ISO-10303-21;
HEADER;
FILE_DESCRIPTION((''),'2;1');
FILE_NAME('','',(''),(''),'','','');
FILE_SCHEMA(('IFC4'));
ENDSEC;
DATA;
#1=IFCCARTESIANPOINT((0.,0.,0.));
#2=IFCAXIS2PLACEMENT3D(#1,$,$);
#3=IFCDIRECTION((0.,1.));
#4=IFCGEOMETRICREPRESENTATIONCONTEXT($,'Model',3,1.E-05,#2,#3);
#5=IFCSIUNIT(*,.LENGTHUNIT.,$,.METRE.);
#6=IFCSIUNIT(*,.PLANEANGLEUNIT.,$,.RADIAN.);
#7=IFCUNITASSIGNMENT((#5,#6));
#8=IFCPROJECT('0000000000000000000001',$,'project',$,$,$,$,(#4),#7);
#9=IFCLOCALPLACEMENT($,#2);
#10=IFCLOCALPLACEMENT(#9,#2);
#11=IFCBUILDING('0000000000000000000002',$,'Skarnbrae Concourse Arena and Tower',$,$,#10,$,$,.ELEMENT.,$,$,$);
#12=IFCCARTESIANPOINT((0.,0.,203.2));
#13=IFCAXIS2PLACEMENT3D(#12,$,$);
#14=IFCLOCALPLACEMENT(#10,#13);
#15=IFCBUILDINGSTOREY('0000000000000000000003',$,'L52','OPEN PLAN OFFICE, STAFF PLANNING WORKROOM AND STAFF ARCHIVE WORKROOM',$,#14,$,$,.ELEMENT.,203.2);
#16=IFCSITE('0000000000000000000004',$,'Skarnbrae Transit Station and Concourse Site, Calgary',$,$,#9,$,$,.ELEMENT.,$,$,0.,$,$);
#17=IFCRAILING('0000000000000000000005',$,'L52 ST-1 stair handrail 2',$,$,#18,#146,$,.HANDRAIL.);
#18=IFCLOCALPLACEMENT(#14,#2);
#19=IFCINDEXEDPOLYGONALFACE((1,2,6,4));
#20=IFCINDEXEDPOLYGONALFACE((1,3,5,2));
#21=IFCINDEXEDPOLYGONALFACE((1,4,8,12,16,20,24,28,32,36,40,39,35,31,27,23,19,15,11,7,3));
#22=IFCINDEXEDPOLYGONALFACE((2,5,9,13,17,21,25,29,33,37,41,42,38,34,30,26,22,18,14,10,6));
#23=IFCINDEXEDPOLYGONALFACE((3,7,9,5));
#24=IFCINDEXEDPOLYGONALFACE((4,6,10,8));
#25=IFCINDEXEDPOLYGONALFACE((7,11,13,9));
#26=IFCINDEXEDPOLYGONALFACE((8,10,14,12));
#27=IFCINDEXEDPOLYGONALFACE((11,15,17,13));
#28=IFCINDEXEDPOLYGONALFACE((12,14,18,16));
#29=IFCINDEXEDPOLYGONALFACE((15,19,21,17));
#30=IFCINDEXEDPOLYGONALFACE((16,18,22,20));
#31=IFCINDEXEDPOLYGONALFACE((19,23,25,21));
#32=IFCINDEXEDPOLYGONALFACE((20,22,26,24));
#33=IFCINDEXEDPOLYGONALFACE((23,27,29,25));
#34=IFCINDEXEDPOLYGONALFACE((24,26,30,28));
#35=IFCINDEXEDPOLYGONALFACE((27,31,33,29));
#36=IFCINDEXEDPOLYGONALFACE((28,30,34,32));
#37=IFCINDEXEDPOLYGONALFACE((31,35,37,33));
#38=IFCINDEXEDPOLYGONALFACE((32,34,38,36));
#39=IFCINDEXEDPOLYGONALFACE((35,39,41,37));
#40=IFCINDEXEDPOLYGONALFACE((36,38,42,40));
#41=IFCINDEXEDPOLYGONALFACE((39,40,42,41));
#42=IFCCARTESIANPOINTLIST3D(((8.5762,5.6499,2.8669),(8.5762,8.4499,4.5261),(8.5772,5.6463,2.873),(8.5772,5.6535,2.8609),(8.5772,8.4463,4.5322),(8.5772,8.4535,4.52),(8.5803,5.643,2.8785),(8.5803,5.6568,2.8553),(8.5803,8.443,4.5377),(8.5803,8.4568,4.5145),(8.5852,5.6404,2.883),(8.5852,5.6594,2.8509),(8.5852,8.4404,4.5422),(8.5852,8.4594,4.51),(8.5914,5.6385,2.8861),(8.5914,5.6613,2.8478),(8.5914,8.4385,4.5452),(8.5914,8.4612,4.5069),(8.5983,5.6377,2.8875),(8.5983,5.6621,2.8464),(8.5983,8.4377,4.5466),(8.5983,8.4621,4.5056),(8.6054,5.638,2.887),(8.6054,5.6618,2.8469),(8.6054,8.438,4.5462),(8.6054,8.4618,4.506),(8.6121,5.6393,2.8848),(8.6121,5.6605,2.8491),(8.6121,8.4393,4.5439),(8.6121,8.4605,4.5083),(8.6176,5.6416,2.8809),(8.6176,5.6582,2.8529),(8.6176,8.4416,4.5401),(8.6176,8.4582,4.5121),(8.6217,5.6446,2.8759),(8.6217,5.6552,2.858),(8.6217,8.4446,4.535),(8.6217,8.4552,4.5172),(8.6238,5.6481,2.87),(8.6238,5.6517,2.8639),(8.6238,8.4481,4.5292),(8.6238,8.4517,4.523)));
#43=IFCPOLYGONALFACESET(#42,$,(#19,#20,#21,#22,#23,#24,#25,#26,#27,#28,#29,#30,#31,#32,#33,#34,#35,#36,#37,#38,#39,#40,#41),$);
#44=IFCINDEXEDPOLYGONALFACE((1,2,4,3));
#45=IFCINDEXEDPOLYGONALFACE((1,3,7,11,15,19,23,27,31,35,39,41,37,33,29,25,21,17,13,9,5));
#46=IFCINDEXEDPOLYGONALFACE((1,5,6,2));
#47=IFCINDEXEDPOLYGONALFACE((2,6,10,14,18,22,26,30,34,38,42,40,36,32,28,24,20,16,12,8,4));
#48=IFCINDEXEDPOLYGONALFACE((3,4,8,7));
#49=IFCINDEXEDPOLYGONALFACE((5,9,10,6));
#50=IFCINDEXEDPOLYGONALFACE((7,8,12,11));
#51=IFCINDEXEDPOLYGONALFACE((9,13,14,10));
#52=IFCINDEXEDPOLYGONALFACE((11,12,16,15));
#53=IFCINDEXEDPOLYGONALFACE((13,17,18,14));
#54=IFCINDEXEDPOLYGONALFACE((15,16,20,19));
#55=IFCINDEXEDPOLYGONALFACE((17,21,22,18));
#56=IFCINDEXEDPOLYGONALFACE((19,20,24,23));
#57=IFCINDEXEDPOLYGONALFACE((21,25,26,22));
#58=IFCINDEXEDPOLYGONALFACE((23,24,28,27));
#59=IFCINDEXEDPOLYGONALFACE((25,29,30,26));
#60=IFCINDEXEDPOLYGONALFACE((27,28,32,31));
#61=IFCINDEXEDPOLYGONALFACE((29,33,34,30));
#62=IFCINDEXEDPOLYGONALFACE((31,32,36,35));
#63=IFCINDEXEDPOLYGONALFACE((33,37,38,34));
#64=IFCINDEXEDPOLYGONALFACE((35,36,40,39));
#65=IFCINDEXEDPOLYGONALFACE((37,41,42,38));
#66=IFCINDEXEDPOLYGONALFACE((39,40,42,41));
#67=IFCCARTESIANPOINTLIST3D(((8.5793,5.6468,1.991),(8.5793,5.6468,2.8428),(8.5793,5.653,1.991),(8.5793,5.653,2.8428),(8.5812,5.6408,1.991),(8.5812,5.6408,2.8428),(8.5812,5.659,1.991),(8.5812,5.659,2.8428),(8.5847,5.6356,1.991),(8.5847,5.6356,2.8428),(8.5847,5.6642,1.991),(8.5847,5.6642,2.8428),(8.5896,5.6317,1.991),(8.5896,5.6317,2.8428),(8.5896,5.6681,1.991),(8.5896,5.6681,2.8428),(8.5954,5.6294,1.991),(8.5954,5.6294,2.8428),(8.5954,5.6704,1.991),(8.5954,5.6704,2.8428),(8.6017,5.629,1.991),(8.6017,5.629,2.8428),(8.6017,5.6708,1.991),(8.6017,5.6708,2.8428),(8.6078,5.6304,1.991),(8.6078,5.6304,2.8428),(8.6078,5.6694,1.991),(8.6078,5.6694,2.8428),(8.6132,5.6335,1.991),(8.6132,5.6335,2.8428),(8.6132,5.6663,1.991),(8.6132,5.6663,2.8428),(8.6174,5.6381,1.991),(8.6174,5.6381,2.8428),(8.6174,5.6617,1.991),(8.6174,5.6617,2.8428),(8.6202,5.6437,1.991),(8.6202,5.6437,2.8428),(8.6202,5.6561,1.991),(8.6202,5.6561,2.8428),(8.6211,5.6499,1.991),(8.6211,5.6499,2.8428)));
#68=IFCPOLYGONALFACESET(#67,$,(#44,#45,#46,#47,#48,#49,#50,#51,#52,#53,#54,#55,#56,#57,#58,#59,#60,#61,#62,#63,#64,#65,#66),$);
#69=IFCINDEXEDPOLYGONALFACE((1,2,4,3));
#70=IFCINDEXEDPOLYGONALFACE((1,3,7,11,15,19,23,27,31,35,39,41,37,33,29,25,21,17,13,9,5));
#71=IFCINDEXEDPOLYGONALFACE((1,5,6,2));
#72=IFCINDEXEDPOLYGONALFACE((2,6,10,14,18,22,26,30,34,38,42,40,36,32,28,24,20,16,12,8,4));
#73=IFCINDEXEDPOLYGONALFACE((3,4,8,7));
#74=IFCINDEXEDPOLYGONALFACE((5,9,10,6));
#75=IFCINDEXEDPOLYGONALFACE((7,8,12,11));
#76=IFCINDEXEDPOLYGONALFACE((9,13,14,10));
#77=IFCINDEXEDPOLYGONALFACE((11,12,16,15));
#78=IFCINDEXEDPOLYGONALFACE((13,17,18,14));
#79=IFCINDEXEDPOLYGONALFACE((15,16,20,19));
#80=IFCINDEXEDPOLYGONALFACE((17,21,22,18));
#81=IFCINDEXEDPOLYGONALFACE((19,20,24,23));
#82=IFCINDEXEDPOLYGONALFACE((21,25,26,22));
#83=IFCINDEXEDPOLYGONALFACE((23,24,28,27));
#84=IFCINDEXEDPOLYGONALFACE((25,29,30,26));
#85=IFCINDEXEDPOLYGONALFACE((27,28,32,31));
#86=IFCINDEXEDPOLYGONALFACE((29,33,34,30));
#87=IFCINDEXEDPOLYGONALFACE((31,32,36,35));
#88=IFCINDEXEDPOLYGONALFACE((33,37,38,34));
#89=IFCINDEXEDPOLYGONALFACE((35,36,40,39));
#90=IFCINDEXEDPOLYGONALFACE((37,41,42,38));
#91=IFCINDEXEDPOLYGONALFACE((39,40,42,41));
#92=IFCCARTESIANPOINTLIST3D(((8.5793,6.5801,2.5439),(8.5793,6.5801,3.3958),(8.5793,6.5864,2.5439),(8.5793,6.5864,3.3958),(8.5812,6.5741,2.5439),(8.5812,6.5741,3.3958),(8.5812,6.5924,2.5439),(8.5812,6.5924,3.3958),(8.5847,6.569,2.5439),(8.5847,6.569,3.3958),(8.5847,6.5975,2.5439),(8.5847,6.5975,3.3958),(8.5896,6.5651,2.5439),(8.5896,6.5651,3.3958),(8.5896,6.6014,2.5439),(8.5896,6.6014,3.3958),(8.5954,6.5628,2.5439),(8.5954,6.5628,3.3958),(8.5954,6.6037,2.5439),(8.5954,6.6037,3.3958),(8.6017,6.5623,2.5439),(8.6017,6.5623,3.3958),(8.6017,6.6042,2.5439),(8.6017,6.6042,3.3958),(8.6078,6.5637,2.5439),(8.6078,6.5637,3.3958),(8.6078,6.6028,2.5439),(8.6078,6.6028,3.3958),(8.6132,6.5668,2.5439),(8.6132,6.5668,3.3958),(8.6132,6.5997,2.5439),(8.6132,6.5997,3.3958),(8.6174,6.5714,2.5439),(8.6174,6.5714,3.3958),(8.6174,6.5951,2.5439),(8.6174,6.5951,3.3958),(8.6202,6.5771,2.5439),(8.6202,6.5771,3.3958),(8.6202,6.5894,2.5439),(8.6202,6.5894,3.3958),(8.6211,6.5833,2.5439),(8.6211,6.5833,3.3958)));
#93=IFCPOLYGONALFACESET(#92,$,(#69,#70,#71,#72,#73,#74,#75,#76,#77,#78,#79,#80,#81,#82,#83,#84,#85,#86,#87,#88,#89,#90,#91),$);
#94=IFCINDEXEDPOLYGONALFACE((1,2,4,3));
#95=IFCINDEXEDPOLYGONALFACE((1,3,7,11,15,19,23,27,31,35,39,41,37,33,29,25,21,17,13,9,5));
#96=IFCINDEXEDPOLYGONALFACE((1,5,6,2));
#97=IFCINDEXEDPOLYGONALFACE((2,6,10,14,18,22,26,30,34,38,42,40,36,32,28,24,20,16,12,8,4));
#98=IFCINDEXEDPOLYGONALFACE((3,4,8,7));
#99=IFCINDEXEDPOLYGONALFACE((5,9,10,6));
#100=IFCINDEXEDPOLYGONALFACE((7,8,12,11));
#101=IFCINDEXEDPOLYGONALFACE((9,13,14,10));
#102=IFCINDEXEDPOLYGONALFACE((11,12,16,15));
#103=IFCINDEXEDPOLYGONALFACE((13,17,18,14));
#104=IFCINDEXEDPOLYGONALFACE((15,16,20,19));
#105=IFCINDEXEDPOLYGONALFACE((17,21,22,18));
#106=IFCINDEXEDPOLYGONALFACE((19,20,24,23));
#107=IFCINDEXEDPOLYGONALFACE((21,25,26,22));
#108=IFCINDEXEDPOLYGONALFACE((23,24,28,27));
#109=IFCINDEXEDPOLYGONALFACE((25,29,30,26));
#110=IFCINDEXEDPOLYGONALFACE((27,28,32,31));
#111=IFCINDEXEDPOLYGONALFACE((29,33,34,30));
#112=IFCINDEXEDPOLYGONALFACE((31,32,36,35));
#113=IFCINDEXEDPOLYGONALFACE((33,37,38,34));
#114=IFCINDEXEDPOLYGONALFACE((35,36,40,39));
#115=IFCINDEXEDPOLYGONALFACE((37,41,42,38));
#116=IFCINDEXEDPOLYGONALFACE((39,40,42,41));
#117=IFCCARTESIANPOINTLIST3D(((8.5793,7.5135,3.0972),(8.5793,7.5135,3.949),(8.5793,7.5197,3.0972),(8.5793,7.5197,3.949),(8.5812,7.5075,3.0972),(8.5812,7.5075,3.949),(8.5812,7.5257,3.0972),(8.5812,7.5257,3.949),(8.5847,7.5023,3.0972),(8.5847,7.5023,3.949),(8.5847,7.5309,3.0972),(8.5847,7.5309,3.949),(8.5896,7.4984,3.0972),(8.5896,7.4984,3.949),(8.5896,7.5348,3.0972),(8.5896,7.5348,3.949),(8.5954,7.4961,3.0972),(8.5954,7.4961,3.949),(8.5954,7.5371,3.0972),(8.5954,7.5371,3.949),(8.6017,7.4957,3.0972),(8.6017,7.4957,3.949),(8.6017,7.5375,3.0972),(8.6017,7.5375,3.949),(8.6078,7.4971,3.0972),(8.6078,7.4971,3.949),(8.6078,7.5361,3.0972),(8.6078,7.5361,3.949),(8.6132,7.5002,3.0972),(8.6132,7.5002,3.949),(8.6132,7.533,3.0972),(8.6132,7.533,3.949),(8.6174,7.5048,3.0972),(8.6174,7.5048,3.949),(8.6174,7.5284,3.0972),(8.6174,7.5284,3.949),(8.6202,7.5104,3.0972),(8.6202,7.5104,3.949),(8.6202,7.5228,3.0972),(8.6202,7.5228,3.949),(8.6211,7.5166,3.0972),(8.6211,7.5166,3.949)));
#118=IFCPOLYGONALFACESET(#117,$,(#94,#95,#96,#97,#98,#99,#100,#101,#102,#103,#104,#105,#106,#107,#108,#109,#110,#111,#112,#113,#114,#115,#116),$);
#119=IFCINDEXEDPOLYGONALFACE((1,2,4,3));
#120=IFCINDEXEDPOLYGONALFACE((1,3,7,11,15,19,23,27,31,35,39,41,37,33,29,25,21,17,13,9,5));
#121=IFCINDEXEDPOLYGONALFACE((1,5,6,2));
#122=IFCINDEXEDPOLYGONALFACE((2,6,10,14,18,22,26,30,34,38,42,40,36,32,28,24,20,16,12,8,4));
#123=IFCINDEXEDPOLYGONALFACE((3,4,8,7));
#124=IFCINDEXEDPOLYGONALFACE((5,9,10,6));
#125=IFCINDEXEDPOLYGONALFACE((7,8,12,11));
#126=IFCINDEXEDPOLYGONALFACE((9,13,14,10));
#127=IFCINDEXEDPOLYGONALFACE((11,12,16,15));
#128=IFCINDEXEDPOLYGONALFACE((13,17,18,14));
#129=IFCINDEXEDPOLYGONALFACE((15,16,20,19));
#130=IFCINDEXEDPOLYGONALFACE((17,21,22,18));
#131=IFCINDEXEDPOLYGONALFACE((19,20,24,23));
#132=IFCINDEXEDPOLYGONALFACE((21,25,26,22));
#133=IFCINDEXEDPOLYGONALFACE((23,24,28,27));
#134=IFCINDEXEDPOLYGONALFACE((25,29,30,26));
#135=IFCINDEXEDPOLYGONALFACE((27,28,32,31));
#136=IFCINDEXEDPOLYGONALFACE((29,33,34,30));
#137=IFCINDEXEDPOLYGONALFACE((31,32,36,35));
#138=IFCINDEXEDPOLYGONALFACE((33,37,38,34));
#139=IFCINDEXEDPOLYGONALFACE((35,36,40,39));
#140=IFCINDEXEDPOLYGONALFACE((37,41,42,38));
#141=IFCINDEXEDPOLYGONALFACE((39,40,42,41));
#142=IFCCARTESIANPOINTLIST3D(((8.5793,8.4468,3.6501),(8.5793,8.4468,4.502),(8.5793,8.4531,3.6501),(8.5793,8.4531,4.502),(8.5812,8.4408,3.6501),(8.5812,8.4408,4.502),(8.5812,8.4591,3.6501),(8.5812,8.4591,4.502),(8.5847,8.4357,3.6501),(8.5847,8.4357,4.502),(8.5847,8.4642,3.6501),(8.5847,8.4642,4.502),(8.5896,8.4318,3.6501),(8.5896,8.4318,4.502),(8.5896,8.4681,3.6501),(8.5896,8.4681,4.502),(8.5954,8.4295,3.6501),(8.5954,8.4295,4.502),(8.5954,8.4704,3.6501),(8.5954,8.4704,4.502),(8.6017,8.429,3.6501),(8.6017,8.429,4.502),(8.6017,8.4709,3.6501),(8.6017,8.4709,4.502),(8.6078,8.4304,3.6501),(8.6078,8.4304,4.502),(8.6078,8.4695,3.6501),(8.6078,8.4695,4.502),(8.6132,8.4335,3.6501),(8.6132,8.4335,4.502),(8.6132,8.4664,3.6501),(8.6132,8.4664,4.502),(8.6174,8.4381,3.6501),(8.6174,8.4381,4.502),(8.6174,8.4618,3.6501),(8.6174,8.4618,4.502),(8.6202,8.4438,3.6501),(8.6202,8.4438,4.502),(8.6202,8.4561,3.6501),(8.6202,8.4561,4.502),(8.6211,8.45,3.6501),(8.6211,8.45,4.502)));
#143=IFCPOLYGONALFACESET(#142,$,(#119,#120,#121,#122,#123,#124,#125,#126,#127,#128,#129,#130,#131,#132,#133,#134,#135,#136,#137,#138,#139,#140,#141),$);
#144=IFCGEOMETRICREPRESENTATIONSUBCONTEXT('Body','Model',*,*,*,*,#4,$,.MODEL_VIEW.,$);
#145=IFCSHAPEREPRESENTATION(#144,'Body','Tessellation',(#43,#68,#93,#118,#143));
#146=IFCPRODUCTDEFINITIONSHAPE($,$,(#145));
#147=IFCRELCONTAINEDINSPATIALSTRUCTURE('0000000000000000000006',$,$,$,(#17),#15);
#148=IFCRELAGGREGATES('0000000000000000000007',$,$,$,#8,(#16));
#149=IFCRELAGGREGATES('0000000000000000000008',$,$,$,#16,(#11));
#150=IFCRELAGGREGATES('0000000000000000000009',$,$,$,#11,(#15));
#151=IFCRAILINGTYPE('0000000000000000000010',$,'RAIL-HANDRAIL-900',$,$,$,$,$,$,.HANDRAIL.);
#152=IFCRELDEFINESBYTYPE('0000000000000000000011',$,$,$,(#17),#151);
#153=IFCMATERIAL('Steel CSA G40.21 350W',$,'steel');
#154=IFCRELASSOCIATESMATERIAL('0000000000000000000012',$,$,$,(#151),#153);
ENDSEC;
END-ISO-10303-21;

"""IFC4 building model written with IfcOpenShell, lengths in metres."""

from ifc_helpers import new_model, si_unit, direction, frame, origin, origin_2d, place, context, subcontext, project, spatial, circle, extrude, material, type_object, element, save


model = new_model("IFC4")

# Units and contexts
model_context = context("Model", 3, precision=1e-05, world=origin(), true_north=direction((0.0, 1.0)))
body_context = subcontext(model_context, "Body", "Model", "MODEL_VIEW")
ifc_project = project(units=[si_unit("LENGTHUNIT", "METRE"), si_unit("PLANEANGLEUNIT", "RADIAN")], contexts=[model_context])

# Site, building, storey
site_placement = place(None, origin())
site = spatial("IfcSite", under=ifc_project, at=site_placement, Name="Skarnbrae Transit Station and Concourse Site, Calgary", CompositionType="ELEMENT", RefElevation=0.0)
building_placement = place(site_placement, origin())
building = spatial("IfcBuilding", under=site, at=building_placement, Name="Skarnbrae Concourse Arena and Tower", CompositionType="ELEMENT")
storey_placement = place(building_placement, frame((0.0, 0.0, 203.2)))
storey = spatial("IfcBuildingStorey", under=building, at=storey_placement, Name="L52", Description="OPEN PLAN OFFICE, STAFF PLANNING WORKROOM AND STAFF ARCHIVE WORKROOM", CompositionType="ELEMENT", Elevation=203.2)

# Shared definitions
ifc_material_1 = material(Name="Steel CSA G40.21 350W", Category="steel")

# Railing
railing_type_1 = type_object("IfcRailingType", Name="RAIL-HANDRAIL-900", PredefinedType="HANDRAIL", material=ifc_material_1)
railing_1_placement = place(storey_placement, frame((8.6001, 5.6499, 1.991)))
element("IfcRailing", 1, at=railing_1_placement, inside=storey, type_object=railing_type_1, Name="L52 ST-1 stair handrail 2", PredefinedType="HANDRAIL", context=body_context, shape_type="SweptSolid", body=[
    extrude(circle(Radius=0.0239, at=origin_2d()), frame((0.0, 0.0, 0.876), z_axis=(0.0, 0.860306, 0.509778), x_axis=(-1.0, 0.0, 0.0)), (0.0, 0.0, 1.0), 3.2546),
    extrude(circle(Radius=0.021, at=origin_2d()), origin(), (0.0, 0.0, 1.0), 0.8518),
    extrude(circle(Radius=0.021, at=origin_2d()), frame((0.0, 0.9333, 0.553)), (0.0, 0.0, 1.0), 0.8518),
    extrude(circle(Radius=0.021, at=origin_2d()), frame((0.0, 1.8667, 1.1062)), (0.0, 0.0, 1.0), 0.8518),
    extrude(circle(Radius=0.021, at=origin_2d()), frame((0.0, 2.8, 1.6592)), (0.0, 0.0, 1.0), 0.8518),
])

save(model, "model.ifc")
